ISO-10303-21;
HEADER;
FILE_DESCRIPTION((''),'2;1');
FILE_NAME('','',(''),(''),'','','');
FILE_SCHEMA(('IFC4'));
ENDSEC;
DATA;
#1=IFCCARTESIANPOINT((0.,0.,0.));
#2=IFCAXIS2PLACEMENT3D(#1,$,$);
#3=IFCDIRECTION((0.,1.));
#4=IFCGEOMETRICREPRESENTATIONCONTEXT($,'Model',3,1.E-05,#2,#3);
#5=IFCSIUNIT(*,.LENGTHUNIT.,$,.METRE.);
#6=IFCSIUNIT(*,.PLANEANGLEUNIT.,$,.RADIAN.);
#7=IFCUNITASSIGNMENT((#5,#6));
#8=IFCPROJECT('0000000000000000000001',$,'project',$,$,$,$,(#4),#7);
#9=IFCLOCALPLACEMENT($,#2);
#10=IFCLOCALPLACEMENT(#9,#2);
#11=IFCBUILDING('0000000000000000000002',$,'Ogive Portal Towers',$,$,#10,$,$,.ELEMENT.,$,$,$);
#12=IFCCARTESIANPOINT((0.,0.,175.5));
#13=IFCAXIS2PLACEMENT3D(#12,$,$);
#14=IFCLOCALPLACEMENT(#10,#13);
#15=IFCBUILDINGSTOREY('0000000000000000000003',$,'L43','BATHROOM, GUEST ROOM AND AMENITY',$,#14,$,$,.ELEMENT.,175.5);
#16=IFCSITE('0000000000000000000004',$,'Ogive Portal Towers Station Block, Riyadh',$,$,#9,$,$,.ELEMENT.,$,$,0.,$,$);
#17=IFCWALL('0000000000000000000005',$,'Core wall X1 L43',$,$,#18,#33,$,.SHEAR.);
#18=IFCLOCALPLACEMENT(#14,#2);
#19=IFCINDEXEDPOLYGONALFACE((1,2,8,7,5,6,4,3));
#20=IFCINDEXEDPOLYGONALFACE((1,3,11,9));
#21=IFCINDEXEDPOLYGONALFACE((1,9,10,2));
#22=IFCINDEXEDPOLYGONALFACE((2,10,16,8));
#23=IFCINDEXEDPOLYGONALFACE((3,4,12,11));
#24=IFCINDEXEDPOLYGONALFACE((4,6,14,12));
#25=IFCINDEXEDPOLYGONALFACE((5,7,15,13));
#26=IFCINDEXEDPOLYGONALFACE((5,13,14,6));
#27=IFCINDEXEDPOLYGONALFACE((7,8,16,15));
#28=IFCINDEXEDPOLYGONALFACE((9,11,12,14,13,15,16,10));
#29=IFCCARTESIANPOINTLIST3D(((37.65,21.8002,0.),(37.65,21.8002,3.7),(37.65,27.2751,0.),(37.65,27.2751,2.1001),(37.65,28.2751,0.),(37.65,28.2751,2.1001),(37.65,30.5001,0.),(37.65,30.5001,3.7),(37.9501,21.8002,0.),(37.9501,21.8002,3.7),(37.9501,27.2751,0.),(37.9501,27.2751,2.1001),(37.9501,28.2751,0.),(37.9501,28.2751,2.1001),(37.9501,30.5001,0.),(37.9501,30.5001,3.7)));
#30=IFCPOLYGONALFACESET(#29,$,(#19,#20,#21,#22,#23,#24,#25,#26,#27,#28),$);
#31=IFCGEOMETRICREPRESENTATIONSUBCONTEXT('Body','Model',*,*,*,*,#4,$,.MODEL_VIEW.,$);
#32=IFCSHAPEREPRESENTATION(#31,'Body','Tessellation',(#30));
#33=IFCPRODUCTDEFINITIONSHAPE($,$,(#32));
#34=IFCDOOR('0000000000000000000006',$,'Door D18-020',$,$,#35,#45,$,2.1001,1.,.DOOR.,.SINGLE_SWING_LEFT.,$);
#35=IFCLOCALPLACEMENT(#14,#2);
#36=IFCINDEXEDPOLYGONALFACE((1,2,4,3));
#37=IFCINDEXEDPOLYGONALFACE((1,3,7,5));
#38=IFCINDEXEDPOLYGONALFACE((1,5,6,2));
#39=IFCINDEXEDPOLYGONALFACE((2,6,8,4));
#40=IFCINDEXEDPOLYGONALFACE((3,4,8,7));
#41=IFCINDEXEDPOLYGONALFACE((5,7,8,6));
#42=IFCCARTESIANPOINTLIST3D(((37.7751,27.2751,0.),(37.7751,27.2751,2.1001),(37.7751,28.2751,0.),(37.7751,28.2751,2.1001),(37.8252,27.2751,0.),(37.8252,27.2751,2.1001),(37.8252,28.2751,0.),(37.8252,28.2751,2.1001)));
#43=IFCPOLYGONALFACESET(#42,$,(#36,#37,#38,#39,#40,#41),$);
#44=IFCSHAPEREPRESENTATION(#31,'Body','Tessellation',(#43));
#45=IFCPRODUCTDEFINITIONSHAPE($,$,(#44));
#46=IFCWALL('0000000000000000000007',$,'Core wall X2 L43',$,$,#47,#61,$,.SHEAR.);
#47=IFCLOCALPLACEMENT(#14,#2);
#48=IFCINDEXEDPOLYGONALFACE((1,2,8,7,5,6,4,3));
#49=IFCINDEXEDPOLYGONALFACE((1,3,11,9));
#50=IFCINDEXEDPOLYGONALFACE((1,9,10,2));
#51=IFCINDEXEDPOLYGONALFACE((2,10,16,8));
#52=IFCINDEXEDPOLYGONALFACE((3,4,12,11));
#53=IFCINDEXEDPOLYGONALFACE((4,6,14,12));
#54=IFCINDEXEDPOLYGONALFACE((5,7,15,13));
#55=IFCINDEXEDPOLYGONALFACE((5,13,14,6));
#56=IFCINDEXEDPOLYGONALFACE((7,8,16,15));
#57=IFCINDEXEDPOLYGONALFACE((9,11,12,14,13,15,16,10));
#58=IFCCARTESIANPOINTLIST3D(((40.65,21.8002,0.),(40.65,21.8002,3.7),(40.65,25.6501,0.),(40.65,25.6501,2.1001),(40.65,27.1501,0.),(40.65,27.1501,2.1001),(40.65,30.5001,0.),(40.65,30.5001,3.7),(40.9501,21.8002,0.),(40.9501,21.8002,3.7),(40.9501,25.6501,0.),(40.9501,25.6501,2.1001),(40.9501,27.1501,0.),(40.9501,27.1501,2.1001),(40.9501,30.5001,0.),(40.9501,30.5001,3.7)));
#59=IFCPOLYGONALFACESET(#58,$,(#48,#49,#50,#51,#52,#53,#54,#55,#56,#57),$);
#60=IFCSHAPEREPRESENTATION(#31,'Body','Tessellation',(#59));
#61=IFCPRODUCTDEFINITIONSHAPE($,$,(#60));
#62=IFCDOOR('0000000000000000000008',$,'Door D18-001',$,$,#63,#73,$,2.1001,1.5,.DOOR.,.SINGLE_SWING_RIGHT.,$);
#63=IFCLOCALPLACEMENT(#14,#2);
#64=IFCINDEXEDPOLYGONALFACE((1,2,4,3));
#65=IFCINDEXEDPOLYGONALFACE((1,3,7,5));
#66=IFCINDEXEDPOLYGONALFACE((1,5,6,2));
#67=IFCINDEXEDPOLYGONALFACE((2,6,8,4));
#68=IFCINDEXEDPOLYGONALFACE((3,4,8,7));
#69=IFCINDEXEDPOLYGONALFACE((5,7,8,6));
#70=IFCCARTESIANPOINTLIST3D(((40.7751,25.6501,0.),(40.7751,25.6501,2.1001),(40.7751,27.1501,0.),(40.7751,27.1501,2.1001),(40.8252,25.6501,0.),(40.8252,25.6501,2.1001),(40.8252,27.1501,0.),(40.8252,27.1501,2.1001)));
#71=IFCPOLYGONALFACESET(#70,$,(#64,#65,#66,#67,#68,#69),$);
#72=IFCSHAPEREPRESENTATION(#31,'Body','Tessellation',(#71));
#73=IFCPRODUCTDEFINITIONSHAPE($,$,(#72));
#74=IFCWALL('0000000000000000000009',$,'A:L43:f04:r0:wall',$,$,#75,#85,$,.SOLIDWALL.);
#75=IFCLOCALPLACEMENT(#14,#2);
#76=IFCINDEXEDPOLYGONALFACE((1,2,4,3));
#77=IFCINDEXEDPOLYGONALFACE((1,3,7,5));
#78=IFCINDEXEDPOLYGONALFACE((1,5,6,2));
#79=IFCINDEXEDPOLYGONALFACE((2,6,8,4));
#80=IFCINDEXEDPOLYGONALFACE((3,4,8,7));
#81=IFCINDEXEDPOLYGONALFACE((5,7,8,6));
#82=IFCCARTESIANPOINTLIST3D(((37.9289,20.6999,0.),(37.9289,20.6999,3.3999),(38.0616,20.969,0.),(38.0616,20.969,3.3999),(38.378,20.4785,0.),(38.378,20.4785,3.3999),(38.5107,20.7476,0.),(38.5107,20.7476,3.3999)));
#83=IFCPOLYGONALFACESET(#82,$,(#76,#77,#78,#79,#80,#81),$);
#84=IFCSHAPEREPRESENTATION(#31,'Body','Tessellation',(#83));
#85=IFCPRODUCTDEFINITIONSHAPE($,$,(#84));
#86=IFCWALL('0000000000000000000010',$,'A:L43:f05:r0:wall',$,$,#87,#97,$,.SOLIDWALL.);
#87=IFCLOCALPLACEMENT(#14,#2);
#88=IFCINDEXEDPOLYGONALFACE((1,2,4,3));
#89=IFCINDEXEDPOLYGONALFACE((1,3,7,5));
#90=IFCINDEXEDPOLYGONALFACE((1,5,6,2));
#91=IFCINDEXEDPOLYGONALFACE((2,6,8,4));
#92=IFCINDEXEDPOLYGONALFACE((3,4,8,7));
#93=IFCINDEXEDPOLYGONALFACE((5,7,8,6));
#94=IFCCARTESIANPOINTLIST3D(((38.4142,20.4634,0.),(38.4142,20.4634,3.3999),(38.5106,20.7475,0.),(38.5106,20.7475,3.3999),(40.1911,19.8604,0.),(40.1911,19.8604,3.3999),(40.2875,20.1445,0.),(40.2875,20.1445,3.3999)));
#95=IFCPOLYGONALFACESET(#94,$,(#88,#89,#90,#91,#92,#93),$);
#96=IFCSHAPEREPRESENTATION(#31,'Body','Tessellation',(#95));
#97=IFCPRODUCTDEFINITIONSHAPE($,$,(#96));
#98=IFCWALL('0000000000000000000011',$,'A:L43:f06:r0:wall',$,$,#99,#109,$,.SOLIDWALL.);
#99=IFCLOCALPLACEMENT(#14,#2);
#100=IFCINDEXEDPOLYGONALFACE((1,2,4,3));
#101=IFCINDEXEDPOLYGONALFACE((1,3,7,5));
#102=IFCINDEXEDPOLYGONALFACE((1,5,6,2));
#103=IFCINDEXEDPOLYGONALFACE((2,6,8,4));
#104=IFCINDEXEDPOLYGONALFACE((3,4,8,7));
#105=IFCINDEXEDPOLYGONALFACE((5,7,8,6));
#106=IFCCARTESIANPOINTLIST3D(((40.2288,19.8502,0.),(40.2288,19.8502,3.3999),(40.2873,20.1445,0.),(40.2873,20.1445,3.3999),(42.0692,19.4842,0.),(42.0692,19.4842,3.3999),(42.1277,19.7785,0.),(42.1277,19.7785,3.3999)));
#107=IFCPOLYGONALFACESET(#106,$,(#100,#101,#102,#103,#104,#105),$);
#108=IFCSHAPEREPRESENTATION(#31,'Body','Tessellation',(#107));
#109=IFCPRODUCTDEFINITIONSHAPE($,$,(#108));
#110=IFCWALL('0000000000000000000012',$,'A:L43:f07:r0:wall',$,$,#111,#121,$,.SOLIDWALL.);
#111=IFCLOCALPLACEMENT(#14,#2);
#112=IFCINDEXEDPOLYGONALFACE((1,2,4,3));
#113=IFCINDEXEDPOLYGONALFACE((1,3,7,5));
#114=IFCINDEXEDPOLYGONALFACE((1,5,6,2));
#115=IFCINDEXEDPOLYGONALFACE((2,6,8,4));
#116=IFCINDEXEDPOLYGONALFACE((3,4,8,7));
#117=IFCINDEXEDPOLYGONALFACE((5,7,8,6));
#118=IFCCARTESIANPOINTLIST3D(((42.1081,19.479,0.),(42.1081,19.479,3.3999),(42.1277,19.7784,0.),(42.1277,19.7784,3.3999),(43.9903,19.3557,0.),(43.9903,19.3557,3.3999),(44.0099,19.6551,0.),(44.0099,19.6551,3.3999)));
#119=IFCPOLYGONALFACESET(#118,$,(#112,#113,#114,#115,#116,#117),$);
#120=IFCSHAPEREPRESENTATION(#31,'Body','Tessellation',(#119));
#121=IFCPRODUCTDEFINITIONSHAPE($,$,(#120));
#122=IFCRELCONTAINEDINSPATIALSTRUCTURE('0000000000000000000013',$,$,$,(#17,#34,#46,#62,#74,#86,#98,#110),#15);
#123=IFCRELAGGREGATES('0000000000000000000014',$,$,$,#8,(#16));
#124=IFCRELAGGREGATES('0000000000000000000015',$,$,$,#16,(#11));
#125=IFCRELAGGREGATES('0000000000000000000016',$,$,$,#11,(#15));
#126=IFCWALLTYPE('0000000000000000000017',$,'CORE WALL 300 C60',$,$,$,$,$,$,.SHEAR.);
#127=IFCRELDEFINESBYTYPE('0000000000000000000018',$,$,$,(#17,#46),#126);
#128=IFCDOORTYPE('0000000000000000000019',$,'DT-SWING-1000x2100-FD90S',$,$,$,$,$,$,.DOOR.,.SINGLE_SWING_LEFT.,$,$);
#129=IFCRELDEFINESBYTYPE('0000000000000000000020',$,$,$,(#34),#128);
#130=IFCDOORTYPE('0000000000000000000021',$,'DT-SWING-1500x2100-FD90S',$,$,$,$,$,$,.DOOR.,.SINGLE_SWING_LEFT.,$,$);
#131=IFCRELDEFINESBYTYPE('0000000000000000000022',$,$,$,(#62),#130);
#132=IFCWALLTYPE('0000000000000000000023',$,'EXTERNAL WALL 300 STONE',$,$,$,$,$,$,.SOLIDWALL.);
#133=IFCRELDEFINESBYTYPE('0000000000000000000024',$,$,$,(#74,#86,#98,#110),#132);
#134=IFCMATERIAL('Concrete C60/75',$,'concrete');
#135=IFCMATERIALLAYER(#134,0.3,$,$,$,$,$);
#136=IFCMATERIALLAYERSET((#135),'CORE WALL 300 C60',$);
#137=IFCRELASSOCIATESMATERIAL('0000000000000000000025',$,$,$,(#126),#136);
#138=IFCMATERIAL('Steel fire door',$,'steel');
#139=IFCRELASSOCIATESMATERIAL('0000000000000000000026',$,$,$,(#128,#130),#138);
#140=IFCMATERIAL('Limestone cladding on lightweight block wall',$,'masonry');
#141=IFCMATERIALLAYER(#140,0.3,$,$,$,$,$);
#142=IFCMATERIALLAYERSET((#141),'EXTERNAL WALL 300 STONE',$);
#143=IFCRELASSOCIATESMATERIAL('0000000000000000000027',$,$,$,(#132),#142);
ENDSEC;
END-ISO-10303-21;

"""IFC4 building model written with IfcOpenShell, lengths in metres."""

from ifc_helpers import new_model, si_unit, direction, frame, frame_2d, origin, place, context, subcontext, project, spatial, rectangle, extrude, material, layer, layer_set, type_object, element, fill, save


model = new_model("IFC4")

# Units and contexts
model_context = context("Model", 3, precision=1e-05, world=origin(), true_north=direction((0.0, 1.0)))
body_context = subcontext(model_context, "Body", "Model", "MODEL_VIEW")
ifc_project = project(units=[si_unit("LENGTHUNIT", "METRE"), si_unit("PLANEANGLEUNIT", "RADIAN")], contexts=[model_context])

# Site, building, storey
site_placement = place(None, origin())
site = spatial("IfcSite", under=ifc_project, at=site_placement, Name="Ogive Portal Towers Station Block, Riyadh", CompositionType="ELEMENT", RefElevation=0.0)
building_placement = place(site_placement, origin())
building = spatial("IfcBuilding", under=site, at=building_placement, Name="Ogive Portal Towers", CompositionType="ELEMENT")
storey_placement = place(building_placement, frame((0.0, 0.0, 175.5)))
storey = spatial("IfcBuildingStorey", under=building, at=storey_placement, Name="L43", Description="BATHROOM, GUEST ROOM AND AMENITY", CompositionType="ELEMENT", Elevation=175.5)

# Walls, openings, doors
ifc_material_1 = material(Name="Concrete C60/75", Category="concrete")
ifc_layer_1 = layer(ifc_material_1, 0.3)
ifc_layer_set_1 = layer_set([ifc_layer_1], Name="CORE WALL 300 C60")
wall_type_1 = type_object("IfcWallType", Name="CORE WALL 300 C60", PredefinedType="SHEAR", material=ifc_layer_set_1)
wall_1_placement = place(storey_placement, frame((37.8, 21.8, 0.0), z_axis=(0.0, 0.0, 1.0), x_axis=(0.0, 1.0, 0.0)))
wall_1 = element("IfcWall", 1, at=wall_1_placement, inside=storey, type_object=wall_type_1, Name="Core wall X1 L43", PredefinedType="SHEAR", context=body_context, shape_type="SweptSolid", body=[
    extrude(rectangle(XDim=8.7, YDim=0.3, at=frame_2d((4.3501, 0.0))), origin(), (0.0, 0.0, 1.0), 3.7),
])
opening_1_placement = place(wall_1_placement, frame((5.4751, 0.0, 0.0)))
opening_1 = element("IfcOpeningElement", 2, at=opening_1_placement, cuts=wall_1, PredefinedType="OPENING", context=body_context, shape_type="SweptSolid", body=[
    extrude(rectangle(XDim=1.0, YDim=2.1001, at=frame_2d((0.5, 1.05))), frame((0.0, 0.1602, 0.0), z_axis=(0.0, -1.0, 0.0), x_axis=(1.0, 0.0, 0.0)), (0.0, 0.0, 1.0), 0.3201),
])
ifc_material_2 = material(Name="Steel fire door", Category="steel")
door_type_1 = type_object("IfcDoorType", Name="DT-SWING-1000x2100-FD90S", OperationType="SINGLE_SWING_LEFT", PredefinedType="DOOR", material=ifc_material_2)
door_1_placement = place(opening_1_placement, origin())
door_1 = element("IfcDoor", 3, at=door_1_placement, inside=storey, type_object=door_type_1, Name="Door D18-020", OperationType="SINGLE_SWING_LEFT", OverallHeight=2.1001, OverallWidth=1.0, PredefinedType="DOOR", context=body_context, shape_type="SweptSolid", body=[
    extrude(rectangle(XDim=1.0, YDim=2.1001, at=frame_2d((0.5, 1.05))), frame((0.0, 0.0249, 0.0), z_axis=(0.0, -1.0, 0.0), x_axis=(1.0, 0.0, 0.0)), (0.0, 0.0, 1.0), 0.05),
])
fill(opening_1, door_1)
wall_2_placement = place(storey_placement, frame((40.8, 21.8, 0.0), z_axis=(0.0, 0.0, 1.0), x_axis=(0.0, 1.0, 0.0)))
wall_2 = element("IfcWall", 4, at=wall_2_placement, inside=storey, type_object=wall_type_1, Name="Core wall X2 L43", PredefinedType="SHEAR", context=body_context, shape_type="SweptSolid", body=[
    extrude(rectangle(XDim=8.7, YDim=0.3, at=frame_2d((4.3501, 0.0))), origin(), (0.0, 0.0, 1.0), 3.7),
])
opening_2_placement = place(wall_2_placement, frame((3.8501, 0.0, 0.0)))
opening_2 = element("IfcOpeningElement", 5, at=opening_2_placement, cuts=wall_2, PredefinedType="OPENING", context=body_context, shape_type="SweptSolid", body=[
    extrude(rectangle(XDim=1.5, YDim=2.1001, at=frame_2d((0.75, 1.05))), frame((0.0, 0.1602, 0.0), z_axis=(0.0, -1.0, 0.0), x_axis=(1.0, 0.0, 0.0)), (0.0, 0.0, 1.0), 0.3201),
])
door_type_2 = type_object("IfcDoorType", Name="DT-SWING-1500x2100-FD90S", OperationType="SINGLE_SWING_LEFT", PredefinedType="DOOR", material=ifc_material_2)
door_2_placement = place(opening_2_placement, origin())
door_2 = element("IfcDoor", 6, at=door_2_placement, inside=storey, type_object=door_type_2, Name="Door D18-001", OperationType="SINGLE_SWING_RIGHT", OverallHeight=2.1001, OverallWidth=1.5, PredefinedType="DOOR", context=body_context, shape_type="SweptSolid", body=[
    extrude(rectangle(XDim=1.5, YDim=2.1001, at=frame_2d((0.75, 1.05))), frame((0.0, 0.0249, 0.0), z_axis=(0.0, -1.0, 0.0), x_axis=(1.0, 0.0, 0.0)), (0.0, 0.0, 1.0), 0.05),
])
fill(opening_2, door_2)

# Walls
ifc_material_3 = material(Name="Limestone cladding on lightweight block wall", Category="masonry")
ifc_layer_2 = layer(ifc_material_3, 0.3)
ifc_layer_set_2 = layer_set([ifc_layer_2], Name="EXTERNAL WALL 300 STONE")
wall_type_2 = type_object("IfcWallType", Name="EXTERNAL WALL 300 STONE", PredefinedType="SOLIDWALL", material=ifc_layer_set_2)
wall_3_placement = place(storey_placement, frame((37.9951, 20.8345, 0.0), z_axis=(0.0, 0.0, 1.0), x_axis=(0.896948, -0.442137, 0.0)))
element("IfcWall", 7, at=wall_3_placement, inside=storey, type_object=wall_type_2, Name="A:L43:f04:r0:wall", PredefinedType="SOLIDWALL", context=body_context, shape_type="SweptSolid", body=[
    extrude(rectangle(XDim=0.5007, YDim=0.3, at=frame_2d((0.2505, 0.0))), origin(), (0.0, 0.0, 1.0), 3.3999),
])
for number, where, z_axis, x_axis, name in (
    (8, (38.4624, 20.6055, 0.0), (0.0, 0.0, 1.0), (0.946952, -0.321376, 0.0), "A:L43:f05:r0:wall"),
    (9, (40.2581, 19.9973, 0.0), (0.0, 0.0, 1.0), (0.980795, -0.19504, 0.0), "A:L43:f06:r0:wall"),
):
    element("IfcWall", number, at=place(storey_placement, frame(where, z_axis=z_axis, x_axis=x_axis)), inside=storey, type_object=wall_type_2, Name=name, PredefinedType="SOLIDWALL", context=body_context, shape_type="SweptSolid", body=[
        extrude(rectangle(XDim=1.8765, YDim=0.3, at=frame_2d((0.9382, 0.0))), origin(), (0.0, 0.0, 1.0), 3.3999),
    ])
wall_4_placement = place(storey_placement, frame((42.1179, 19.6287, 0.0), z_axis=(0.0, 0.0, 1.0), x_axis=(0.997861, -0.065368, 0.0)))
element("IfcWall", 10, at=wall_4_placement, inside=storey, type_object=wall_type_2, Name="A:L43:f07:r0:wall", PredefinedType="SOLIDWALL", context=body_context, shape_type="SweptSolid", body=[
    extrude(rectangle(XDim=1.8862, YDim=0.3, at=frame_2d((0.9431, 0.0))), origin(), (0.0, 0.0, 1.0), 3.3999),
])

save(model, "model.ifc")
